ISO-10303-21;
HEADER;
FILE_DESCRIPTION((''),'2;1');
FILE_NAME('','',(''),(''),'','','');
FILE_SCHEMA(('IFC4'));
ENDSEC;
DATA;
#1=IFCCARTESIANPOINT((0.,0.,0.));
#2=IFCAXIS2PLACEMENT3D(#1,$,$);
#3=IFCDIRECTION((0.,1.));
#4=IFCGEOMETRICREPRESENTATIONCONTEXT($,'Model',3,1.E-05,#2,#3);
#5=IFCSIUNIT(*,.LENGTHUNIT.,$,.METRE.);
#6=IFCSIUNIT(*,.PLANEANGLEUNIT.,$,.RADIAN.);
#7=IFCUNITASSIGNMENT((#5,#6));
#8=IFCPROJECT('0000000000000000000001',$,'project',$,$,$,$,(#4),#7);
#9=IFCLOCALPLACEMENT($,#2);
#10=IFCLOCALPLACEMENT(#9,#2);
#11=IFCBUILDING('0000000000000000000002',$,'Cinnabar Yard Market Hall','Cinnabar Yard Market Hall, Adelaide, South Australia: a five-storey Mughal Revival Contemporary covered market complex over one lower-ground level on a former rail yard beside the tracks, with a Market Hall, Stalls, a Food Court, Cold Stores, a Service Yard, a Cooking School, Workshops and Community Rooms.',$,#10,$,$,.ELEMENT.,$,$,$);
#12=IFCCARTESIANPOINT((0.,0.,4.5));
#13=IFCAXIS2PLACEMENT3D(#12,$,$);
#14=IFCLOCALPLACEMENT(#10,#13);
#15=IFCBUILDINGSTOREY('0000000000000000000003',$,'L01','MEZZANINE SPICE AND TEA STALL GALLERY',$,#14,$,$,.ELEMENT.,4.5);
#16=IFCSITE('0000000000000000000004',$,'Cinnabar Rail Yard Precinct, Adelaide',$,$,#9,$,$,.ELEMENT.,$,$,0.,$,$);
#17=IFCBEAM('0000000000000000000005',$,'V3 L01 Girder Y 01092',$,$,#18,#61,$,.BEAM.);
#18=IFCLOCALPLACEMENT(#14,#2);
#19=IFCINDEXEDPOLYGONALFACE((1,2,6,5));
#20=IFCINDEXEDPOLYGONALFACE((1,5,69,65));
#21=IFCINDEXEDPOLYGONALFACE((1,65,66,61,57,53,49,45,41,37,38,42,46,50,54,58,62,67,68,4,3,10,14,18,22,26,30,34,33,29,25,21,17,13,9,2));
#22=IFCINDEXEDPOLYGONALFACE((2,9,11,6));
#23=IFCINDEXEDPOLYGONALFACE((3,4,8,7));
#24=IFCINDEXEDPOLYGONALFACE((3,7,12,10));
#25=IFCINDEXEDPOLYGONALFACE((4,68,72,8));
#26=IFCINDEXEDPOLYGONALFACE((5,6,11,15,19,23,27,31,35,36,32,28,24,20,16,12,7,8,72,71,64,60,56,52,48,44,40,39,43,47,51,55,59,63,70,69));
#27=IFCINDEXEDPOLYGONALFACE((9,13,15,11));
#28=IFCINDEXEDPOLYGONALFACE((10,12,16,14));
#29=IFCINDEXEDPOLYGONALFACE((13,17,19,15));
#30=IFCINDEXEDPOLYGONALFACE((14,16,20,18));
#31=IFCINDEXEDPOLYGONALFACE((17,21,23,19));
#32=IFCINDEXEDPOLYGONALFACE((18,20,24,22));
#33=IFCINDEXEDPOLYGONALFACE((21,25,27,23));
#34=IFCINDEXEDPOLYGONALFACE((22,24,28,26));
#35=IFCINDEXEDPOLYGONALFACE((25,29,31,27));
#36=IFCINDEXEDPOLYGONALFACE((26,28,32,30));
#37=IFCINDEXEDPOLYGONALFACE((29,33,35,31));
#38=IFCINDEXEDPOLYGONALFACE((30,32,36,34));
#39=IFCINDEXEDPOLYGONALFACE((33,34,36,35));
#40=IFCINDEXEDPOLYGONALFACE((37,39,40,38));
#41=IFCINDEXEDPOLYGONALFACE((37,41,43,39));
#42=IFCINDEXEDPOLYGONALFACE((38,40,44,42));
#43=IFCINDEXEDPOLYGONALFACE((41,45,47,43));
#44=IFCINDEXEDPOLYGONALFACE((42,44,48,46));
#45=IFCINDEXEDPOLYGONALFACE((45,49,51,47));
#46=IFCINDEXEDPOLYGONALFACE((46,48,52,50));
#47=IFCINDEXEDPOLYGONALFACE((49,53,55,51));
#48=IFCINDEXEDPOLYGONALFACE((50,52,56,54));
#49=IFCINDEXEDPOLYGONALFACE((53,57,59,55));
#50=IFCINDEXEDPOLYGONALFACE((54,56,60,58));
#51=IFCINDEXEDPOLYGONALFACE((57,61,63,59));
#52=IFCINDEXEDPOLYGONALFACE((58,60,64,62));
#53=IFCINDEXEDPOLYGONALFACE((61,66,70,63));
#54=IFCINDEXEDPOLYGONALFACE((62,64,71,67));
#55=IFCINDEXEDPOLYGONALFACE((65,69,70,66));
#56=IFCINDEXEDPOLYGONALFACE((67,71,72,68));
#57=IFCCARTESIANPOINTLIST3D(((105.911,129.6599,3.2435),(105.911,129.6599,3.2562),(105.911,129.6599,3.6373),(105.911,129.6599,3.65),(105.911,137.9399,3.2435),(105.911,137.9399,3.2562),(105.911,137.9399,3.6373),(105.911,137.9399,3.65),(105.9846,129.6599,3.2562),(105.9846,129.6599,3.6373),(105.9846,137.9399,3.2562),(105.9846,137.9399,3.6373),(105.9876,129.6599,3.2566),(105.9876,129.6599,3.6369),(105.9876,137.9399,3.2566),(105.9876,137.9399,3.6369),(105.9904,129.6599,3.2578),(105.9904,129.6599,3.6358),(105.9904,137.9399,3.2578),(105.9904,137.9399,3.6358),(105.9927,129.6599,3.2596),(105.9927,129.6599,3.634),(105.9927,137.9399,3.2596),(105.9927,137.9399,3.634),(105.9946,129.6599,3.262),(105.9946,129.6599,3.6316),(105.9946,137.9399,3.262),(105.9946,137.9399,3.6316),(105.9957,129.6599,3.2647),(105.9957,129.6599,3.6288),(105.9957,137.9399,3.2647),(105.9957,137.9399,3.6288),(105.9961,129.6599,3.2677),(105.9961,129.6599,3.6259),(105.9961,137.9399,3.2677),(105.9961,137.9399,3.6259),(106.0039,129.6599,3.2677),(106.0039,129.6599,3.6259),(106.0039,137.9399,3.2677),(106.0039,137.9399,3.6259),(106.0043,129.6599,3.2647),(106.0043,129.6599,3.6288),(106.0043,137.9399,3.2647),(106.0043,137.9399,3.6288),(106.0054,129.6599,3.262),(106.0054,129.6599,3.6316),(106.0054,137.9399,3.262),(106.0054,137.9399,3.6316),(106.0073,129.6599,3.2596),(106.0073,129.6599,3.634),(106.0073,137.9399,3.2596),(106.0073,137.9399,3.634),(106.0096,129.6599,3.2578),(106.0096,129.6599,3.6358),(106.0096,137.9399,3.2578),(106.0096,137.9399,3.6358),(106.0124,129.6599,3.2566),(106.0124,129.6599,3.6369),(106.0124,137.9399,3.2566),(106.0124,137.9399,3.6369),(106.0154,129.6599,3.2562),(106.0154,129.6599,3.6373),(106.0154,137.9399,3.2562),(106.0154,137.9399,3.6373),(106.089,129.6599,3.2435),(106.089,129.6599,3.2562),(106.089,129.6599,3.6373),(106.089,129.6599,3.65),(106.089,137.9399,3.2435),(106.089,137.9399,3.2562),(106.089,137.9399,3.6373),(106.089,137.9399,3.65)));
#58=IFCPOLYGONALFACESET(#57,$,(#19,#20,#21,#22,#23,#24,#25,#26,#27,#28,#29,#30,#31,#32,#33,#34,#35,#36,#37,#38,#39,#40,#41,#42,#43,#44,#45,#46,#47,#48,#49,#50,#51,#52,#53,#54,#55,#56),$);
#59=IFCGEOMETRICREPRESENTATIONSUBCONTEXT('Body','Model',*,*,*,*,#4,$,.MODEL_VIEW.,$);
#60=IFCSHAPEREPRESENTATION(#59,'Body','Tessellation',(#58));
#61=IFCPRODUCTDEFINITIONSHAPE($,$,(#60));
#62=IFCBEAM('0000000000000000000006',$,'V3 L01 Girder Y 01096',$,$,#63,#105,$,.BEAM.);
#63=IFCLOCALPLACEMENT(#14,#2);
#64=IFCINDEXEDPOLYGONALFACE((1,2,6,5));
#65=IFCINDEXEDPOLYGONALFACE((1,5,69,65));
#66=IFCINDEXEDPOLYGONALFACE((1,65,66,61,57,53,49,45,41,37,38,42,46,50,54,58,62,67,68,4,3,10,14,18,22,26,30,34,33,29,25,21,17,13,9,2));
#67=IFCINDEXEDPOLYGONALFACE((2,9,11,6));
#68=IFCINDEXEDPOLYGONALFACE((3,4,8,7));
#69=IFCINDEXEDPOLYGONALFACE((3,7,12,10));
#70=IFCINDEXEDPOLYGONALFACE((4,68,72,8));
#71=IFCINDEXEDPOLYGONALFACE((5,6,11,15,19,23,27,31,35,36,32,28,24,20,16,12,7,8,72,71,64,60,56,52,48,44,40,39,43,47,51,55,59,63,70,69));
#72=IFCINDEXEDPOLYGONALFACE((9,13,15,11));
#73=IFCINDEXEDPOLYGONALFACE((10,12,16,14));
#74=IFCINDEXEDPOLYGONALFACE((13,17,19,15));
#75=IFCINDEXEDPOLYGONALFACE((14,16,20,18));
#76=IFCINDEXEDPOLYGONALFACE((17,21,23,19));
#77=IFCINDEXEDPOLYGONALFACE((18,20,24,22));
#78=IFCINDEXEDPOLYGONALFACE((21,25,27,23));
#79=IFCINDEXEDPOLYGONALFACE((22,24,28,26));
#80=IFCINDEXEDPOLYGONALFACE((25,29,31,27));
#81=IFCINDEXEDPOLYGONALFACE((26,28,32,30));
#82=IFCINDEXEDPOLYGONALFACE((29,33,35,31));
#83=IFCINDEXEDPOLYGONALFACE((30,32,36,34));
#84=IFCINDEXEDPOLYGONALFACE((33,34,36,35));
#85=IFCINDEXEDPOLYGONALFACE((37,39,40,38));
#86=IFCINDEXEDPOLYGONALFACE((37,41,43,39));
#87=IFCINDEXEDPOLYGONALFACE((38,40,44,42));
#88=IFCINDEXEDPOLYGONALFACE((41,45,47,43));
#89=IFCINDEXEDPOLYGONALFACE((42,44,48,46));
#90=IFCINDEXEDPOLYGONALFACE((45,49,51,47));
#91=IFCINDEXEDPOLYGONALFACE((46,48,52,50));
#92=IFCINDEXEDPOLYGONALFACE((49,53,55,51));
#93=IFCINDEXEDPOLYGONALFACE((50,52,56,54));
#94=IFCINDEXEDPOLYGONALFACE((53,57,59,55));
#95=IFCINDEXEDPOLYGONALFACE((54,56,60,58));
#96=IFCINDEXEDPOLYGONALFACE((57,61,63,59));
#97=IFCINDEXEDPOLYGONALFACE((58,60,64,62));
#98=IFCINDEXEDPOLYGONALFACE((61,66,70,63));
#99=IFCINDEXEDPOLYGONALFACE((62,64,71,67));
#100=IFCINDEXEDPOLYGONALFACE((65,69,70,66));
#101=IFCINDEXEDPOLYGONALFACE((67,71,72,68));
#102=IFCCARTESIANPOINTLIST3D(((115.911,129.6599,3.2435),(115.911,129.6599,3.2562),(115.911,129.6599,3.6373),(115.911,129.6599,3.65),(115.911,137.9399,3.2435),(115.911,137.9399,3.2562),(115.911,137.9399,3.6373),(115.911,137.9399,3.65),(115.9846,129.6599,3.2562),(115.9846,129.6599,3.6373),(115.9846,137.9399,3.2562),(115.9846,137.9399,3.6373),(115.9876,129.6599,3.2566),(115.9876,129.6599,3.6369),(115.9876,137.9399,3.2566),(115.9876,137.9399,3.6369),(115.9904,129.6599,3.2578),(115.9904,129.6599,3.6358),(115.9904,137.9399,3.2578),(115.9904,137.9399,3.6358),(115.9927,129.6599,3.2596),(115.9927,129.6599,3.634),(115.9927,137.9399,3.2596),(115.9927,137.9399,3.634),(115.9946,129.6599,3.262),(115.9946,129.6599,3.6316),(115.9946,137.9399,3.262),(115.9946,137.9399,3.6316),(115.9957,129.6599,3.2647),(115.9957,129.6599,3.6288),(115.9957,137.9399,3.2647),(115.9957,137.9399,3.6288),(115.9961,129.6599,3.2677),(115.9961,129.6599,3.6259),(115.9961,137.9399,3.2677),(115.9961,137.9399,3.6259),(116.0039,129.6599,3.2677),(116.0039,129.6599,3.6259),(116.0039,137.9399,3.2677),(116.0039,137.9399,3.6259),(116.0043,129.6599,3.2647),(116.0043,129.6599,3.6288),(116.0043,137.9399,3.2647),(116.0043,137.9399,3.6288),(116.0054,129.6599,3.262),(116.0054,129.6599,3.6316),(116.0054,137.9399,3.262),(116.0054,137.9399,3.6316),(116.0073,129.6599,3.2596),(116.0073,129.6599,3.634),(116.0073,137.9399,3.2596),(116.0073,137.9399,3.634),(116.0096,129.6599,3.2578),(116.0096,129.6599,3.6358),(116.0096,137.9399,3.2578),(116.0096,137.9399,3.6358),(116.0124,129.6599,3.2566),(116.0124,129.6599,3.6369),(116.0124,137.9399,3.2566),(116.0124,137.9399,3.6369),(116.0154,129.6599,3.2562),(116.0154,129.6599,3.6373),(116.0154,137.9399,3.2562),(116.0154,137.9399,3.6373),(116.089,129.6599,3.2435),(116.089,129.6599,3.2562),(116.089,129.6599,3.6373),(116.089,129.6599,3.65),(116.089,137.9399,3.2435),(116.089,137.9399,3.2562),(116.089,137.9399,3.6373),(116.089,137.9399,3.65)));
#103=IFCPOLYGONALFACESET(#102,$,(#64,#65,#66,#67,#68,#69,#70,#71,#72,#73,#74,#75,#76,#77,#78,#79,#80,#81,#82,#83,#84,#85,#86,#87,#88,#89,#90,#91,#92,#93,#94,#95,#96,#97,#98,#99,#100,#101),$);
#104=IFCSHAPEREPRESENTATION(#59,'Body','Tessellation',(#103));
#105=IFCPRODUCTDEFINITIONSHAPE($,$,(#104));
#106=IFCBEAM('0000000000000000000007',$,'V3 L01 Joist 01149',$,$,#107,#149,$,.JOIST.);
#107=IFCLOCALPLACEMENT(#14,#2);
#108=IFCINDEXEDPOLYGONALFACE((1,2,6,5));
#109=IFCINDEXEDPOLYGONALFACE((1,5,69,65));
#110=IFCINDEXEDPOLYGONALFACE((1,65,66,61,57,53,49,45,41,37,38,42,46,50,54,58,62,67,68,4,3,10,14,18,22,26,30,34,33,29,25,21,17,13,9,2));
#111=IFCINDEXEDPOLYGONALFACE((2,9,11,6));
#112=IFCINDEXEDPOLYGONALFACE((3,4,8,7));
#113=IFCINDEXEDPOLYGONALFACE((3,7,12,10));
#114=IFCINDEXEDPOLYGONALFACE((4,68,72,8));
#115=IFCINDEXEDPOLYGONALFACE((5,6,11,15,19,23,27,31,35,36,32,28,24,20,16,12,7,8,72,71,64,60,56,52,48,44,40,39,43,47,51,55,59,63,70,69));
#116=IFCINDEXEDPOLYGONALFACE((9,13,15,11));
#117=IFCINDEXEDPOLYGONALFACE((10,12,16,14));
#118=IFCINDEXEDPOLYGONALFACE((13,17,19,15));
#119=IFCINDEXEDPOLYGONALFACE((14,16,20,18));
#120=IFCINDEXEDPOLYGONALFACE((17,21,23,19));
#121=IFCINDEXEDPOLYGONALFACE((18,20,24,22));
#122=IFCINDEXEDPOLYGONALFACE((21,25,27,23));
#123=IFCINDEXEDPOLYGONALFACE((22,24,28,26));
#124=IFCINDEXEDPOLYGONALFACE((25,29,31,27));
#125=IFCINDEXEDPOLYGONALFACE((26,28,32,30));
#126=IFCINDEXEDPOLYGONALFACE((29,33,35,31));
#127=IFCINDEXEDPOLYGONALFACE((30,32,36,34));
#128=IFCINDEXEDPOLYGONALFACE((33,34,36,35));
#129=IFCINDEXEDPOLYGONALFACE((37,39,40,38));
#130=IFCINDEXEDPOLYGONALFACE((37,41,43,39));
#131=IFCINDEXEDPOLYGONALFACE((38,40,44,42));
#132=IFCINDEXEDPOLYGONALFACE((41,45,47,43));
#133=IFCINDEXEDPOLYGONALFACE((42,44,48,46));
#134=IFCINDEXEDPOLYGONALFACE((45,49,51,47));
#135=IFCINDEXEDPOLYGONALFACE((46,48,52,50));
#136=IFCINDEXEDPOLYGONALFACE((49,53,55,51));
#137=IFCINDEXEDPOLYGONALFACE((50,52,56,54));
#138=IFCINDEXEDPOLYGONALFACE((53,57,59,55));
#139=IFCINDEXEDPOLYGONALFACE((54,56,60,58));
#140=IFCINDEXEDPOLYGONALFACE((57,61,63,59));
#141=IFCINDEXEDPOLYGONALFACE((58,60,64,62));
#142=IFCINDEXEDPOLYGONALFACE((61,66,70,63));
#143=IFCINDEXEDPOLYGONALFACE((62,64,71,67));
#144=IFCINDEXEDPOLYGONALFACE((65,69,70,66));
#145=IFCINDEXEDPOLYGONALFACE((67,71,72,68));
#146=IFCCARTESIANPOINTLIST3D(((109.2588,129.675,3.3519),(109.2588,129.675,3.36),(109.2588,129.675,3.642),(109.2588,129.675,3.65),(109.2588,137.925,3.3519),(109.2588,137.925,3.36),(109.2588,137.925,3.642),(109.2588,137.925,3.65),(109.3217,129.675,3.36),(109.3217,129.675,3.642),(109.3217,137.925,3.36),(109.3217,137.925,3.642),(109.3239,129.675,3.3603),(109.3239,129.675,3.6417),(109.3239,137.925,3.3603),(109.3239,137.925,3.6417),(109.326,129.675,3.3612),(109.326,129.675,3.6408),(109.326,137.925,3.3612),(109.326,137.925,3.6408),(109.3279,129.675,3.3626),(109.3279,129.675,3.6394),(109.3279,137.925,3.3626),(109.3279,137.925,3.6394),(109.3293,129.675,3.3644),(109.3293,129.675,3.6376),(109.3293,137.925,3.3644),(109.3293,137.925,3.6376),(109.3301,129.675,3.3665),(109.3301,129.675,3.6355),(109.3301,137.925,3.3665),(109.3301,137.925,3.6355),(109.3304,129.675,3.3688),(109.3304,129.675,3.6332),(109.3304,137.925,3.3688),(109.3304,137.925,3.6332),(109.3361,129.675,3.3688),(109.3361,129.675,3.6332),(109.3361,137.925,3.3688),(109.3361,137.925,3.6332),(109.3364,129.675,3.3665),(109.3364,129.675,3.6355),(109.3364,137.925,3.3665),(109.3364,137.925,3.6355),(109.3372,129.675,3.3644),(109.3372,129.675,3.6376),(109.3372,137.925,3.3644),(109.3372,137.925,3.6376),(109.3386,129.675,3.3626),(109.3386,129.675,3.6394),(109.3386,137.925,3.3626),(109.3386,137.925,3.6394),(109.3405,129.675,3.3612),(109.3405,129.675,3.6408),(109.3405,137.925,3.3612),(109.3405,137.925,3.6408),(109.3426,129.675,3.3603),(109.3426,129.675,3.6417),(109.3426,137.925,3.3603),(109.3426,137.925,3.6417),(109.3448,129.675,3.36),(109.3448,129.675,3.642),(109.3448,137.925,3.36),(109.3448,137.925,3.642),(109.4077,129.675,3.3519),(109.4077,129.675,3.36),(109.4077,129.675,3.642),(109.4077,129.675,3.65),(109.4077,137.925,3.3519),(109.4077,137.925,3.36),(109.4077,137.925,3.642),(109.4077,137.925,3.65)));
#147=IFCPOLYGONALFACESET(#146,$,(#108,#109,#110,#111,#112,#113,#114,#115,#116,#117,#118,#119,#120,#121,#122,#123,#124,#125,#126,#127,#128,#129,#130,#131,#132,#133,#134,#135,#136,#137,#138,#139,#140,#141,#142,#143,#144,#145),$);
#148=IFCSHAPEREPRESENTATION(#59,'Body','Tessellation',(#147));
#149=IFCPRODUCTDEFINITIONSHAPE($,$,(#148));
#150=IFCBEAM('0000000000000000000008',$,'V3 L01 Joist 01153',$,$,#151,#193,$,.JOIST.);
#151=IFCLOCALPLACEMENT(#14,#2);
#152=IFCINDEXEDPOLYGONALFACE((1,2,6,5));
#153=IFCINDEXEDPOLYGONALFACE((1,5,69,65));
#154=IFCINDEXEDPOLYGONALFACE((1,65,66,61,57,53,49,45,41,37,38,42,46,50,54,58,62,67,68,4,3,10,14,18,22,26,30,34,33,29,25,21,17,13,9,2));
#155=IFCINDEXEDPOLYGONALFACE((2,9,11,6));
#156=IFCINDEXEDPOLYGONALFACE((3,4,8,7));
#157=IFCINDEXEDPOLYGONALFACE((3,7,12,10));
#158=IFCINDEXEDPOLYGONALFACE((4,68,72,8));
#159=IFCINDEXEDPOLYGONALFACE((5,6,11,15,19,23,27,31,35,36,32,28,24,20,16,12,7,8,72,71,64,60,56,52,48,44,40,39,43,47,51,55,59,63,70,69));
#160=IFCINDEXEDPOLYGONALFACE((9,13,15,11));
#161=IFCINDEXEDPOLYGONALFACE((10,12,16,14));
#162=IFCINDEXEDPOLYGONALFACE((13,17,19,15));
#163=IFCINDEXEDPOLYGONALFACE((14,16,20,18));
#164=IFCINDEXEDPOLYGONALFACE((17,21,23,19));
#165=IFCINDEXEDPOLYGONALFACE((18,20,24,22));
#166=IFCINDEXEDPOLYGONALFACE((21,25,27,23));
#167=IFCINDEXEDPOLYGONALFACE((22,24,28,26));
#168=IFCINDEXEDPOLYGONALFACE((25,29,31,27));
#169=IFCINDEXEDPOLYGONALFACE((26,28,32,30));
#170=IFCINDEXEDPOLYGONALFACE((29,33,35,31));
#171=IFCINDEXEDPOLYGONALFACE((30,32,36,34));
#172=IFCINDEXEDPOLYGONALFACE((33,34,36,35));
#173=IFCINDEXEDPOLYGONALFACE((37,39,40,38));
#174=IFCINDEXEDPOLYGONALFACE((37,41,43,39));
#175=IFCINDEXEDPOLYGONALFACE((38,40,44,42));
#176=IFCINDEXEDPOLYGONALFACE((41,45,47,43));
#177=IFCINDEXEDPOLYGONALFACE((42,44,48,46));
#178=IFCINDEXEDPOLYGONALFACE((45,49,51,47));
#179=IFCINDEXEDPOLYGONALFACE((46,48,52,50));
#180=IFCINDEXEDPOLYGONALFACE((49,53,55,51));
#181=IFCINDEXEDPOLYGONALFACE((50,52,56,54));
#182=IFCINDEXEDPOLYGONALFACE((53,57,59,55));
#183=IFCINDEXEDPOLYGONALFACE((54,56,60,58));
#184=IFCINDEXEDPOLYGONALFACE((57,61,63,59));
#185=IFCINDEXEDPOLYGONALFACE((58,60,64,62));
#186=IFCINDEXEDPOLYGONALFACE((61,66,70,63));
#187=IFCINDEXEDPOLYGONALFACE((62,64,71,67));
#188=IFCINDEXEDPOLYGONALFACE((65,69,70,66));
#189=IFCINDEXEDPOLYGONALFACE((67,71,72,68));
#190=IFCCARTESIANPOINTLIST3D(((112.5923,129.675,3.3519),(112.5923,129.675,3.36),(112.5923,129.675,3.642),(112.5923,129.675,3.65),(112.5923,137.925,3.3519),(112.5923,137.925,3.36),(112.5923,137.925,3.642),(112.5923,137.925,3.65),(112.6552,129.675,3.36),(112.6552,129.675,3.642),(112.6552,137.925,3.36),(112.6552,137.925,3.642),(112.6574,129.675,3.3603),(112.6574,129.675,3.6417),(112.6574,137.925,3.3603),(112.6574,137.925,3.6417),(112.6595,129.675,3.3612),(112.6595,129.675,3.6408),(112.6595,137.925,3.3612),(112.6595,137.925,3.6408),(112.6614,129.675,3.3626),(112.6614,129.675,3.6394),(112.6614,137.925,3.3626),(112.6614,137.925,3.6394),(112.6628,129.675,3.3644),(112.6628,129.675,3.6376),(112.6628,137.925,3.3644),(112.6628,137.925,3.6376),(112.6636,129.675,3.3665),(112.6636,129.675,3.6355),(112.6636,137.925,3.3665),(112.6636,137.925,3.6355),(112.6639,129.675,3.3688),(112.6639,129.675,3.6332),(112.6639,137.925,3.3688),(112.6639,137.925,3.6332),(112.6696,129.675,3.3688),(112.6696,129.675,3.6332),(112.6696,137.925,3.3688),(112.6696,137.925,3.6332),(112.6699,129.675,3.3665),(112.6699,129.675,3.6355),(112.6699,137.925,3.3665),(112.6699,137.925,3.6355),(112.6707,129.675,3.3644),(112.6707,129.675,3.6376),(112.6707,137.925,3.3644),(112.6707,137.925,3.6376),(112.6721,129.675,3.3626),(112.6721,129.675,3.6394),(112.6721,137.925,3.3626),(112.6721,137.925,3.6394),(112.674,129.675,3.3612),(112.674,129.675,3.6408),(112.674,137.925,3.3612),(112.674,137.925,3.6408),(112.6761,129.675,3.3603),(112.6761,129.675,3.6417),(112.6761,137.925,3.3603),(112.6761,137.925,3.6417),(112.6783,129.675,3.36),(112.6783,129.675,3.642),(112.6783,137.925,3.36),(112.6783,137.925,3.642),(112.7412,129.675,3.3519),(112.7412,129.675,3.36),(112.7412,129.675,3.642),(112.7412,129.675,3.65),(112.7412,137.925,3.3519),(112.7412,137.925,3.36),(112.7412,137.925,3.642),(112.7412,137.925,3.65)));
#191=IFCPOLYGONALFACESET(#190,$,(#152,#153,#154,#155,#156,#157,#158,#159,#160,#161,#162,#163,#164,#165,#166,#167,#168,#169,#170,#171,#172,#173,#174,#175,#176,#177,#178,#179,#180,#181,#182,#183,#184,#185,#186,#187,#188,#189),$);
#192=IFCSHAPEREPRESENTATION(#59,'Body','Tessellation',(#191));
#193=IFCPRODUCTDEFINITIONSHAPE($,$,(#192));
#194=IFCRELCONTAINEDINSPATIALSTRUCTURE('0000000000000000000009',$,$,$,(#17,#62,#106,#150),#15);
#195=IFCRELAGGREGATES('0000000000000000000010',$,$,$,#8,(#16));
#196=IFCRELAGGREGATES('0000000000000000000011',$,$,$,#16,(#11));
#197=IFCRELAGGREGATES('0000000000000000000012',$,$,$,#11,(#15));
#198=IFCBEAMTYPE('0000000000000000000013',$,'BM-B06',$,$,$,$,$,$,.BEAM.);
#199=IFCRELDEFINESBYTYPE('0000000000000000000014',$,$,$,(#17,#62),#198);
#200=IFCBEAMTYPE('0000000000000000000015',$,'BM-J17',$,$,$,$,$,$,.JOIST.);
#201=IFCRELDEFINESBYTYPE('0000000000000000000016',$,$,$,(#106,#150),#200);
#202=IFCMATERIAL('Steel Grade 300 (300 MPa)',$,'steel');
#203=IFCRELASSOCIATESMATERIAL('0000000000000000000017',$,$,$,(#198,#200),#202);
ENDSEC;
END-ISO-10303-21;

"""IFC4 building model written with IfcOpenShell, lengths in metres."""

from ifc_helpers import new_model, si_unit, direction, frame, origin, origin_2d_with_axis, place, context, subcontext, project, spatial, i_section, extrude, material, material_profile, profile_set, type_object, element, save


model = new_model("IFC4")

# Units and contexts
model_context = context("Model", 3, precision=1e-05, world=origin(), true_north=direction((0.0, 1.0)))
body_context = subcontext(model_context, "Body", "Model", "MODEL_VIEW")
ifc_project = project(units=[si_unit("LENGTHUNIT", "METRE"), si_unit("PLANEANGLEUNIT", "RADIAN")], contexts=[model_context])

# Site, building, storey
site_placement = place(None, origin())
site = spatial("IfcSite", under=ifc_project, at=site_placement, Name="Cinnabar Rail Yard Precinct, Adelaide", CompositionType="ELEMENT", RefElevation=0.0)
building_placement = place(site_placement, origin())
building = spatial("IfcBuilding", under=site, at=building_placement, Name="Cinnabar Yard Market Hall", Description="Cinnabar Yard Market Hall, Adelaide, South Australia: a five-storey Mughal Revival Contemporary covered market complex over one lower-ground level on a former rail yard beside the tracks, with a Market Hall, Stalls, a Food Court, Cold Stores, a Service Yard, a Cooking School, Workshops and Community Rooms.", CompositionType="ELEMENT")
storey_placement = place(building_placement, frame((0.0, 0.0, 4.5)))
storey = spatial("IfcBuildingStorey", under=building, at=storey_placement, Name="L01", Description="MEZZANINE SPICE AND TEA STALL GALLERY", CompositionType="ELEMENT", Elevation=4.5)

# Shared definitions
ifc_material_1 = material(Name="Steel Grade 300 (300 MPa)", Category="steel")

# Beams
ifc_material_profile_1 = material_profile(ifc_material_1, i_section(OverallWidth=0.178, OverallDepth=0.4065, WebThickness=0.0078, FlangeThickness=0.0127, FilletRadius=0.0115, at=origin_2d_with_axis()), Name="410UB59.7")
ifc_profile_set_1 = profile_set([ifc_material_profile_1], Name="Steel Grade 300 (300 MPa)")
beam_type_1 = type_object("IfcBeamType", Name="BM-B06", PredefinedType="BEAM", material=ifc_profile_set_1)
for number, where, z_axis, x_axis, name in (
    (1, (106.0, 129.6599, 3.4468), (0.0, 1.0, 0.0), (-1.0, 0.0, 0.0), "V3 L01 Girder Y 01092"),
    (2, (116.0, 129.6599, 3.4468), (0.0, 1.0, 0.0), (-1.0, 0.0, 0.0), "V3 L01 Girder Y 01096"),
):
    element("IfcBeam", number, at=place(storey_placement, frame(where, z_axis=z_axis, x_axis=x_axis)), inside=storey, type_object=beam_type_1, Name=name, PredefinedType="BEAM", context=body_context, shape_type="SweptSolid", body=[
        extrude(i_section(OverallWidth=0.178, OverallDepth=0.4065, WebThickness=0.0078, FlangeThickness=0.0127, FilletRadius=0.0115, at=origin_2d_with_axis()), origin(), (0.0, 0.0, 1.0), 8.28),
    ])
ifc_material_profile_2 = material_profile(ifc_material_1, i_section(OverallWidth=0.1489, OverallDepth=0.2981, WebThickness=0.0056, FlangeThickness=0.0081, FilletRadius=0.0088, at=origin_2d_with_axis()), Name="310UB32.0")
ifc_profile_set_2 = profile_set([ifc_material_profile_2], Name="Steel Grade 300 (300 MPa)")
beam_type_2 = type_object("IfcBeamType", Name="BM-J17", PredefinedType="JOIST", material=ifc_profile_set_2)
for number, where, z_axis, x_axis, name in (
    (3, (109.3333, 129.675, 3.501), (0.0, 1.0, 0.0), (-1.0, 0.0, 0.0), "V3 L01 Joist 01149"),
    (4, (112.6667, 129.675, 3.501), (0.0, 1.0, 0.0), (-1.0, 0.0, 0.0), "V3 L01 Joist 01153"),
):
    element("IfcBeam", number, at=place(storey_placement, frame(where, z_axis=z_axis, x_axis=x_axis)), inside=storey, type_object=beam_type_2, Name=name, PredefinedType="JOIST", context=body_context, shape_type="SweptSolid", body=[
        extrude(i_section(OverallWidth=0.1489, OverallDepth=0.2981, WebThickness=0.0056, FlangeThickness=0.0081, FilletRadius=0.0088, at=origin_2d_with_axis()), origin(), (0.0, 0.0, 1.0), 8.25),
    ])

save(model, "model.ifc")
